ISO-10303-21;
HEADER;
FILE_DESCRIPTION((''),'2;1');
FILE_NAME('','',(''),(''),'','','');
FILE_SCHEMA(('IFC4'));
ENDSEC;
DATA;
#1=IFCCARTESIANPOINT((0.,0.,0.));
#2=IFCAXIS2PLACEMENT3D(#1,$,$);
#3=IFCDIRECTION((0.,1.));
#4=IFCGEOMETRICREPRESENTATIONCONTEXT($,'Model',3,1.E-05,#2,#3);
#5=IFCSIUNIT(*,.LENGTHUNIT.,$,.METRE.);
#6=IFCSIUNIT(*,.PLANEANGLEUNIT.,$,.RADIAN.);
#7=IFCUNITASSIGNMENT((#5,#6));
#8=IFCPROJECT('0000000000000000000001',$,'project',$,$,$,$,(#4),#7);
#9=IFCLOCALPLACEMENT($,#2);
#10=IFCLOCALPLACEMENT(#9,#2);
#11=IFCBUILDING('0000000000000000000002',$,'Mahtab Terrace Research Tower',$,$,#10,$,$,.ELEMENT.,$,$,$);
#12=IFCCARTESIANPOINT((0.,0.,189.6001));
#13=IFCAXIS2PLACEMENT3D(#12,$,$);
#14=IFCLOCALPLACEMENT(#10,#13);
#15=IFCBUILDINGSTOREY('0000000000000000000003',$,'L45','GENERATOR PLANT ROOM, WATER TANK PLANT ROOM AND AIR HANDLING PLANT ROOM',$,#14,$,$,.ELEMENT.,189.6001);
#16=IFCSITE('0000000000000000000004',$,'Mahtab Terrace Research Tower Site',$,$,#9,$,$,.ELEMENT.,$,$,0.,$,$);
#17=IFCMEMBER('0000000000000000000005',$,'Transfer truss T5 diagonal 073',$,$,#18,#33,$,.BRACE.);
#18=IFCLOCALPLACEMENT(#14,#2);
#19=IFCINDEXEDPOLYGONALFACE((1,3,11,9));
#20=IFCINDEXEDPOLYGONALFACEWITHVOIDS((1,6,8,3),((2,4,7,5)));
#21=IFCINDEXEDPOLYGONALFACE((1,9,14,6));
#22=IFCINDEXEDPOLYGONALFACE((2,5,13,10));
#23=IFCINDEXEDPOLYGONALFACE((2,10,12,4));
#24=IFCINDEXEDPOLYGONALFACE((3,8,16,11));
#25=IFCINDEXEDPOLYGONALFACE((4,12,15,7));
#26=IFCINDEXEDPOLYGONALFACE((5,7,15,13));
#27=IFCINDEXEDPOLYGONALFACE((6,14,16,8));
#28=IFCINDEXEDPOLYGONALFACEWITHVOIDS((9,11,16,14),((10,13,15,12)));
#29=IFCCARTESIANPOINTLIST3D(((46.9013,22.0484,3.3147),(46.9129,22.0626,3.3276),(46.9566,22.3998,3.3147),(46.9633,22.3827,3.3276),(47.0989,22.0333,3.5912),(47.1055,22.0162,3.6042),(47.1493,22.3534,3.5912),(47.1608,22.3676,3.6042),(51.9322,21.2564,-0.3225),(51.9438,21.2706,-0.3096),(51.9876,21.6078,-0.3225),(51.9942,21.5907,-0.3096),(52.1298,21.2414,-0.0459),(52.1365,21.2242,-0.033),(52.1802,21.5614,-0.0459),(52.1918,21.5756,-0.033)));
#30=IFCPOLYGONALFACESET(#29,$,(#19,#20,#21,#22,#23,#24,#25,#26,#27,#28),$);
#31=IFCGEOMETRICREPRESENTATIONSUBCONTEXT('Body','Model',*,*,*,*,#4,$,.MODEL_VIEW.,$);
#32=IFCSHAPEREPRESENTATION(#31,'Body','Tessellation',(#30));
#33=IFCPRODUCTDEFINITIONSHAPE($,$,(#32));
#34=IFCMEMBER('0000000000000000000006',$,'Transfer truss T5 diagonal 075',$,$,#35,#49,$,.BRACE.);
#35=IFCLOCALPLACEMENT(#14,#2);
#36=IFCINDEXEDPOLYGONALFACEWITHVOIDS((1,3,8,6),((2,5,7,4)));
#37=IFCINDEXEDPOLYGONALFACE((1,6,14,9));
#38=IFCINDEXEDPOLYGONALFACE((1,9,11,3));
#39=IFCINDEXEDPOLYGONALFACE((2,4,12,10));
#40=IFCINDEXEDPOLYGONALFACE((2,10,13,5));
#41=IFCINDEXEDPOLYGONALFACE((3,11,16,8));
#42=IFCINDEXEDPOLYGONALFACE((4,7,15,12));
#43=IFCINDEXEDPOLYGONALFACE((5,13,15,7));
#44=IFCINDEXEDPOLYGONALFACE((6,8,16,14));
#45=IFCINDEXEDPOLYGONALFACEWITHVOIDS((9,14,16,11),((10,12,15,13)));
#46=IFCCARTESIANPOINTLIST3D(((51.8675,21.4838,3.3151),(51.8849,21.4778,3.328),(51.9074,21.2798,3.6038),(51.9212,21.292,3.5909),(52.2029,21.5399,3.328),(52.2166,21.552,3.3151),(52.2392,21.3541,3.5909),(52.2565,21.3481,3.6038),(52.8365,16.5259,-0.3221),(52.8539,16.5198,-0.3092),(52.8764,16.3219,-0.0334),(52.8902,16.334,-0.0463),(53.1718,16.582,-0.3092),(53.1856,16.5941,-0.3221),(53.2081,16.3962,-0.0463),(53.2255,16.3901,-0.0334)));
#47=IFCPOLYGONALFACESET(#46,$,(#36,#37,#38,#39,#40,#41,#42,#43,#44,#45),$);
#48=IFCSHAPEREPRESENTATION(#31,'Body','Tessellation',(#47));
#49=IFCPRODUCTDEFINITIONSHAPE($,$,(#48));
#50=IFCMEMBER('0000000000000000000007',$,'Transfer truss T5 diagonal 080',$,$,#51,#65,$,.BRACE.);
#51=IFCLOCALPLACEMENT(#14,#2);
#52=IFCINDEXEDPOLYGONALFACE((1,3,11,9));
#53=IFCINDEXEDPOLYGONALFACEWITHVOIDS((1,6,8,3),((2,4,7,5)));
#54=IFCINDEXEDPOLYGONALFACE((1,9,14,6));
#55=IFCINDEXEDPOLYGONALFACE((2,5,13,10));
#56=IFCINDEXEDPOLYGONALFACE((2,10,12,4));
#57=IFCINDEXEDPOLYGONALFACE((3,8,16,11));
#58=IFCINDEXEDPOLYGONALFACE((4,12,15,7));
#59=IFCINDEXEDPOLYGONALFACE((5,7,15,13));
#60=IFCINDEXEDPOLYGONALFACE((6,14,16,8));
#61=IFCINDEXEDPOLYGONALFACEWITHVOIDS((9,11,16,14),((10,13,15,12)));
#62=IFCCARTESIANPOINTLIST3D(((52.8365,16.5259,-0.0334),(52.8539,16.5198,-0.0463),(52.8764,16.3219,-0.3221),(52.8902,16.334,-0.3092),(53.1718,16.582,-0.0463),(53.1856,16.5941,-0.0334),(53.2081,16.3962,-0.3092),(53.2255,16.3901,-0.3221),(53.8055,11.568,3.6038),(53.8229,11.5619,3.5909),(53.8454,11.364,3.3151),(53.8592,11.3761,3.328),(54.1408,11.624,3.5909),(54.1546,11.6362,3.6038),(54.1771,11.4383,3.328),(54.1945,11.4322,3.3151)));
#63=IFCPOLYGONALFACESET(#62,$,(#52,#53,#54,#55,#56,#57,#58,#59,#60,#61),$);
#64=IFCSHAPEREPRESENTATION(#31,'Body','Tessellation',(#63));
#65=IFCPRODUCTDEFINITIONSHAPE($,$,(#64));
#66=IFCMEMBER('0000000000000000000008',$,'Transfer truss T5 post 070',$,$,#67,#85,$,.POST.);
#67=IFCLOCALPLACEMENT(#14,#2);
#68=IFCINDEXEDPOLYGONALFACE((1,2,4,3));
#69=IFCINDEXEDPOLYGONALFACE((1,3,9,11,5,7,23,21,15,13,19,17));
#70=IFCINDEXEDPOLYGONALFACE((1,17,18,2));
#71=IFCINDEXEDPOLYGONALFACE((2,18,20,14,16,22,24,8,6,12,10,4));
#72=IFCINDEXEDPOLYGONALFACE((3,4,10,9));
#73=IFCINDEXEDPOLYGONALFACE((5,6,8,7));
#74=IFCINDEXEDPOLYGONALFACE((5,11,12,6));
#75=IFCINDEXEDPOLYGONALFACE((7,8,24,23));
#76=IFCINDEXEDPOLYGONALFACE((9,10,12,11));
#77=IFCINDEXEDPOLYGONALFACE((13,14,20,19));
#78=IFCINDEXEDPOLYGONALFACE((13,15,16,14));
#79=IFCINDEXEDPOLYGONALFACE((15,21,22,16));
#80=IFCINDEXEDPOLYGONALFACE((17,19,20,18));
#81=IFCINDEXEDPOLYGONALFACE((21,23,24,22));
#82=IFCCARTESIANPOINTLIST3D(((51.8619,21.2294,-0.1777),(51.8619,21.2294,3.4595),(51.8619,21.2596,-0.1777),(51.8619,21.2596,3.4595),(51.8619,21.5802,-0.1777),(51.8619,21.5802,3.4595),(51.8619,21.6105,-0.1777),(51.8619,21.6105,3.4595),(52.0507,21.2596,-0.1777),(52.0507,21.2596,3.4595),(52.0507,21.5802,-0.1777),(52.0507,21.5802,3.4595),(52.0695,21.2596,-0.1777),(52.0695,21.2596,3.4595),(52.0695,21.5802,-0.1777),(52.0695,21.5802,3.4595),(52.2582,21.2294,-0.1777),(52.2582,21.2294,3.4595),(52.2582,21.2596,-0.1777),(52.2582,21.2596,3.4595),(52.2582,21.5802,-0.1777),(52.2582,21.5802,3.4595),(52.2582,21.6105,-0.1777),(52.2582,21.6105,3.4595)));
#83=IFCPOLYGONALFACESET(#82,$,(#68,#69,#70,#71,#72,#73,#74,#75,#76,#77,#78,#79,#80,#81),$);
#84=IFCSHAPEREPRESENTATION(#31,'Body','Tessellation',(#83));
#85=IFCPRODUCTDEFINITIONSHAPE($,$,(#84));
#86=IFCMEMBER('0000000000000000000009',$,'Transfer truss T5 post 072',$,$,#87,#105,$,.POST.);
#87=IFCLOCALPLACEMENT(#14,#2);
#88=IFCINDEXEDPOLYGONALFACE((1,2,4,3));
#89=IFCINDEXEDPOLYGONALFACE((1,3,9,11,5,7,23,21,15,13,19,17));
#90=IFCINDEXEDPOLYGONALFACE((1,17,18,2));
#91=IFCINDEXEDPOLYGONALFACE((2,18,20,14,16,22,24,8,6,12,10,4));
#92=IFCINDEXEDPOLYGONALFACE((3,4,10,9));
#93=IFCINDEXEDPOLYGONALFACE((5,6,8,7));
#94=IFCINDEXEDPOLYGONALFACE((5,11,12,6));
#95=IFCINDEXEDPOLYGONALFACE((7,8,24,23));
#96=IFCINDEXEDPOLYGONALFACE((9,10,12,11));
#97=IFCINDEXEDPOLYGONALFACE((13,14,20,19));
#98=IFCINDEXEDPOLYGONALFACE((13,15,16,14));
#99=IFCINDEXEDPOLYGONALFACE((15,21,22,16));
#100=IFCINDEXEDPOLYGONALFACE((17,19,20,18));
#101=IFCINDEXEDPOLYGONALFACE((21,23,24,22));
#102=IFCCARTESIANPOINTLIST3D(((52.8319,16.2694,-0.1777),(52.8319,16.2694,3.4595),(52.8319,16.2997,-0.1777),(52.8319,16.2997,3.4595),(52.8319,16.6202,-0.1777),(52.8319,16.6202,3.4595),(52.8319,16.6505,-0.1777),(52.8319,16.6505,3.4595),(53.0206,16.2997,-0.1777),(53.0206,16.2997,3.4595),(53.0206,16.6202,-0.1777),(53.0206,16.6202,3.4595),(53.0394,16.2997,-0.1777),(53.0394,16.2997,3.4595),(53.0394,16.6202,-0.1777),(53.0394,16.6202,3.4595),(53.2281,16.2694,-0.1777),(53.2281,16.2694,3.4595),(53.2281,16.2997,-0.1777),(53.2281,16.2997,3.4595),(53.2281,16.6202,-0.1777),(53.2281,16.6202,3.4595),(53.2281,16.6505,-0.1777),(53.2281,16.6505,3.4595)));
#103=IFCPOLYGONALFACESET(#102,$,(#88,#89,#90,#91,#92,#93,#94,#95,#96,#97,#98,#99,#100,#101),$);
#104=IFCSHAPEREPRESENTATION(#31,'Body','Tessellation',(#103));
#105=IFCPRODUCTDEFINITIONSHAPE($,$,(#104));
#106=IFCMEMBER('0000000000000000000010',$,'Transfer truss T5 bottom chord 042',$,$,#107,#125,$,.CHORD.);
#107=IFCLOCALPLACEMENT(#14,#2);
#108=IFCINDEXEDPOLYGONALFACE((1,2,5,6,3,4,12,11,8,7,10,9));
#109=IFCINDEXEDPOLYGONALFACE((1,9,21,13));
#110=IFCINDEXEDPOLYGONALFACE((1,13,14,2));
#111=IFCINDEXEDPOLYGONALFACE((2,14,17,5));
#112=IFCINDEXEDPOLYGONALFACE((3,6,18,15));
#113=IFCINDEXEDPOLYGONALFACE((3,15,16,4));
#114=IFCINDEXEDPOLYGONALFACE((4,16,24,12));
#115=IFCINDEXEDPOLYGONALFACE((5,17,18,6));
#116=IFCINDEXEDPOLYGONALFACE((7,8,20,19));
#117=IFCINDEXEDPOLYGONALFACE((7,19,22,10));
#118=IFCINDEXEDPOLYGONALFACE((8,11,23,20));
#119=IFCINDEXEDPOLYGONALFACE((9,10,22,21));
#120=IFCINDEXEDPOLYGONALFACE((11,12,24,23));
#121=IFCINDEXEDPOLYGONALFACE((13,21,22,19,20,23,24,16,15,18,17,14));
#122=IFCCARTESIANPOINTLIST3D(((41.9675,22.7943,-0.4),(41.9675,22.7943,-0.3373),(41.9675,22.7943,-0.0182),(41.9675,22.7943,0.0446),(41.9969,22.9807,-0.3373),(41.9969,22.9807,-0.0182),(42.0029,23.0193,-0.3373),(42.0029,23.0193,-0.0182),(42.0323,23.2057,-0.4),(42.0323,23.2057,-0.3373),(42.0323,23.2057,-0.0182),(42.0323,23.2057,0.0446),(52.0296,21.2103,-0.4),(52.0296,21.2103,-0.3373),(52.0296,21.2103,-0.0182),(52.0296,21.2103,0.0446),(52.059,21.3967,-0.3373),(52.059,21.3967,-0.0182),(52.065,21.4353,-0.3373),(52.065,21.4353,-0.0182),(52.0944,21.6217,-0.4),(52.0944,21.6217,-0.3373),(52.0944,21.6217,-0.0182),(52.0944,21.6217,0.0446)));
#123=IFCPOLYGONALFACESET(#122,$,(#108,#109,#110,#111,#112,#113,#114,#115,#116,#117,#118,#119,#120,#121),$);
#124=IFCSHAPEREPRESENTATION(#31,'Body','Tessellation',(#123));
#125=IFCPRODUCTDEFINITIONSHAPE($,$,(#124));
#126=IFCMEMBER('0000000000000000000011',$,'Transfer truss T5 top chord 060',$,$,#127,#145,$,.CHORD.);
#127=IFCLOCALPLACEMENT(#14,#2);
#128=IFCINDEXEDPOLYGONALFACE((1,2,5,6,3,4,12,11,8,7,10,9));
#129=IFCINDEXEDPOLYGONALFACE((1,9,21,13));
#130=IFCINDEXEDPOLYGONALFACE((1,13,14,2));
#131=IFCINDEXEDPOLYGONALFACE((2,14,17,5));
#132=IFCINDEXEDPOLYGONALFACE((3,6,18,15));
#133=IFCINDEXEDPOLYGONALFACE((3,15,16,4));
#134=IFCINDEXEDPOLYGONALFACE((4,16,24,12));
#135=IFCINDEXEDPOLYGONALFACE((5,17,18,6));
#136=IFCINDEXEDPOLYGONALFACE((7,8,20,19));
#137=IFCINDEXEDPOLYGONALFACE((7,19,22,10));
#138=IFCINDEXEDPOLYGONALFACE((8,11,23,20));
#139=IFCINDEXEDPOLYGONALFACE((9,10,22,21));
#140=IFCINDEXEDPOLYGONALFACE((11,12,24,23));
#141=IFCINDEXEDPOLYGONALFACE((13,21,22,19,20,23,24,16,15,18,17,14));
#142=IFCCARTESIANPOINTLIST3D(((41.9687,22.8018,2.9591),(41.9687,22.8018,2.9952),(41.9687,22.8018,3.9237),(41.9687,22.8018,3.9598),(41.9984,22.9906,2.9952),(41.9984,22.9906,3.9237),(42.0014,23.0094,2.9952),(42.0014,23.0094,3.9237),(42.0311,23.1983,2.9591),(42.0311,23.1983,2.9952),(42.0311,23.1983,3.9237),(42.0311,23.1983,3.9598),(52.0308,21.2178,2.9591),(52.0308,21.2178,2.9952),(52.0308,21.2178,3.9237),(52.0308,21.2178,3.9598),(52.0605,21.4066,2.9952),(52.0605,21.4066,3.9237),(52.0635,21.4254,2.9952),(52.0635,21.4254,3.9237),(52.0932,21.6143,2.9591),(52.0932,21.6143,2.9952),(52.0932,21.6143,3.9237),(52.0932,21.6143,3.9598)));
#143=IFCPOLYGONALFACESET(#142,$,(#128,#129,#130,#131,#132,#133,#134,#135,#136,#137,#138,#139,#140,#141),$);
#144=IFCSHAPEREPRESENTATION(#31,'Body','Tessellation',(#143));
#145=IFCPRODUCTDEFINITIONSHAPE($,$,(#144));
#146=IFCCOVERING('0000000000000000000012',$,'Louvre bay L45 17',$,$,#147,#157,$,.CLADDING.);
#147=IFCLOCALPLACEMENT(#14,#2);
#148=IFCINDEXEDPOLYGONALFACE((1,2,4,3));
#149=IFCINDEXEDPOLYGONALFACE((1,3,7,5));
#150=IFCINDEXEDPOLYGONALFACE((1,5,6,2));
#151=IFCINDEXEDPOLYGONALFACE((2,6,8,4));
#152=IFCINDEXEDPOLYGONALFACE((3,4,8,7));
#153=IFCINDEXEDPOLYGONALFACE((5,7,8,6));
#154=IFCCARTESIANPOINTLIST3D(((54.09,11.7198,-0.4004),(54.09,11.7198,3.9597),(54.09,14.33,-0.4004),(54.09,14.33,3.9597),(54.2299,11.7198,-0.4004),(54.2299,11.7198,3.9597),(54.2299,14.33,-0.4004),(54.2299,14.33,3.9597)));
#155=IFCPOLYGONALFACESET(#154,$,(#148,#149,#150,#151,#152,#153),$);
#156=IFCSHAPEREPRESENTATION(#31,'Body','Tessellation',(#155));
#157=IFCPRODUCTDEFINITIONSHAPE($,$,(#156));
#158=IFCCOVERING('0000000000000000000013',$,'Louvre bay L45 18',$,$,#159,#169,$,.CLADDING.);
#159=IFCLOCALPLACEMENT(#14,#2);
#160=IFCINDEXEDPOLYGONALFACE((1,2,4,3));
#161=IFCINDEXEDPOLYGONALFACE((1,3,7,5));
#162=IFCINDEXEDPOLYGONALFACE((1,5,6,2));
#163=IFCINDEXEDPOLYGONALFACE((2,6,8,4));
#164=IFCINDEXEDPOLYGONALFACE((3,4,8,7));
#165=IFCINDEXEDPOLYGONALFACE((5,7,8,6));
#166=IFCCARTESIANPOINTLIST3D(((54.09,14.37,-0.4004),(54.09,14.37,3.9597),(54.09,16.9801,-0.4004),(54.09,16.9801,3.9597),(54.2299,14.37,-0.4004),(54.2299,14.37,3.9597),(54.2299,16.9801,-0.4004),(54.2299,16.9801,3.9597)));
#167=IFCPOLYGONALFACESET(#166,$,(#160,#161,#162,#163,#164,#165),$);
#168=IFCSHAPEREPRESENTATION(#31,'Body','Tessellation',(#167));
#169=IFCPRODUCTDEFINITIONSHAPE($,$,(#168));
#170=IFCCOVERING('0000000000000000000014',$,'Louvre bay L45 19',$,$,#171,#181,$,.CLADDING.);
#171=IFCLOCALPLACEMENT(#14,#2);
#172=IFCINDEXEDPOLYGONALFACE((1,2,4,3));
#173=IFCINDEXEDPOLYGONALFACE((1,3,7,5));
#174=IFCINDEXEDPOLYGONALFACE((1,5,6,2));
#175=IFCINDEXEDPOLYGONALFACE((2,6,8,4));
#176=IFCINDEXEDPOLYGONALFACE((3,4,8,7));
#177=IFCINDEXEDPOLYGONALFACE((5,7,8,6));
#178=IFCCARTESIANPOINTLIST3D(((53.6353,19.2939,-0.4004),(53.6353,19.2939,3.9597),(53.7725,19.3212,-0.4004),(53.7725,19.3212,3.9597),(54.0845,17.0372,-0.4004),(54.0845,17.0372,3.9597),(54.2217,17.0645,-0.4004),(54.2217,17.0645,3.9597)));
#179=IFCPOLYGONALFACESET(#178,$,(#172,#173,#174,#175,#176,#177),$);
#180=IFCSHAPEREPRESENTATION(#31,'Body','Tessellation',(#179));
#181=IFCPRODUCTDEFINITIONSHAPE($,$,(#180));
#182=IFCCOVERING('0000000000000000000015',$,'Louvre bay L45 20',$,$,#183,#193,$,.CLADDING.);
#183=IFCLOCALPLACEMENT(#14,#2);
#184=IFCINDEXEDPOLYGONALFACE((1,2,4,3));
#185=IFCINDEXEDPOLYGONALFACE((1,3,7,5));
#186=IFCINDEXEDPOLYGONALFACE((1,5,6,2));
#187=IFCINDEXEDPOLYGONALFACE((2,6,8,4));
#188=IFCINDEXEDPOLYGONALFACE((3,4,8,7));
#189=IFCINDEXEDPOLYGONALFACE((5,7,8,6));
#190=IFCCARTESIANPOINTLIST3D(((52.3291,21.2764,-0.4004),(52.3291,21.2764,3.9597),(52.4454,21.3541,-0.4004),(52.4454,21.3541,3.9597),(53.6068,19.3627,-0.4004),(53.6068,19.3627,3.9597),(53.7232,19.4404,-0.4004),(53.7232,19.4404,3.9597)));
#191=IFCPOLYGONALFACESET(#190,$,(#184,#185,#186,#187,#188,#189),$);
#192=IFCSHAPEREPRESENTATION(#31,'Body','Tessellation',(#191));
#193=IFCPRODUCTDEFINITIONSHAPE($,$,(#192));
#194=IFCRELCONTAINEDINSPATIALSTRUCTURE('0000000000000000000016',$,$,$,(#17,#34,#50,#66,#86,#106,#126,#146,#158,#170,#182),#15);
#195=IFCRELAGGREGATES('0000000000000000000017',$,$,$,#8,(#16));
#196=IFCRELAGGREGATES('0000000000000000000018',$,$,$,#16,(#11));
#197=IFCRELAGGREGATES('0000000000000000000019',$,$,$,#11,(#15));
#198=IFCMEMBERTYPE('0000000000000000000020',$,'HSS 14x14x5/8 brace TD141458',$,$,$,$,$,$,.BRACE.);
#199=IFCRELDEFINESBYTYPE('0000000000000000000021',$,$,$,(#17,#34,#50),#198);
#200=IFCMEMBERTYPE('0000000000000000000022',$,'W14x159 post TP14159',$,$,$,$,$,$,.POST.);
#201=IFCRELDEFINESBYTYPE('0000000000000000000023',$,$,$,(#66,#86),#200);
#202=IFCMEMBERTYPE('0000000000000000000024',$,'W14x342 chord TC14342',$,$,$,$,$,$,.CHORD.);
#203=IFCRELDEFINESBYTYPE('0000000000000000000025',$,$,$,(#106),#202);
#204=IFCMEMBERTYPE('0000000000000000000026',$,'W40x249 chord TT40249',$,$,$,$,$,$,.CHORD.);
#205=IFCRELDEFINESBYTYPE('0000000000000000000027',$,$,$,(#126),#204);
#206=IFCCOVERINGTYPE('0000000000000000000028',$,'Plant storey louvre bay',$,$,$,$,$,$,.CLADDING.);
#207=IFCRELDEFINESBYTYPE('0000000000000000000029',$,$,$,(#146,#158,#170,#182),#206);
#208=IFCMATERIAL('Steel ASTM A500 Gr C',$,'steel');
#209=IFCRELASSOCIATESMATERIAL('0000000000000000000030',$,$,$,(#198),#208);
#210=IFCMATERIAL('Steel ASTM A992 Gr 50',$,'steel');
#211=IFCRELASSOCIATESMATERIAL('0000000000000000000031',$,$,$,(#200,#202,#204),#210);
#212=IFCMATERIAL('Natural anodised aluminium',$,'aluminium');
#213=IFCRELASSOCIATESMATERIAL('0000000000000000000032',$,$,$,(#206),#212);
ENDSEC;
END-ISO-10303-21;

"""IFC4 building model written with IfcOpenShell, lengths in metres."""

from ifc_helpers import new_model, si_unit, direction, frame, origin, origin_2d, place, context, subcontext, project, spatial, rectangle, hollow_rectangle, i_section, extrude, material, material_profile, profile_set, type_object, element, save


model = new_model("IFC4")

# Units and contexts
model_context = context("Model", 3, precision=1e-05, world=origin(), true_north=direction((0.0, 1.0)))
body_context = subcontext(model_context, "Body", "Model", "MODEL_VIEW")
ifc_project = project(units=[si_unit("LENGTHUNIT", "METRE"), si_unit("PLANEANGLEUNIT", "RADIAN")], contexts=[model_context])

# Site, building, storey
site_placement = place(None, origin())
site = spatial("IfcSite", under=ifc_project, at=site_placement, Name="Mahtab Terrace Research Tower Site", CompositionType="ELEMENT", RefElevation=0.0)
building_placement = place(site_placement, origin())
building = spatial("IfcBuilding", under=site, at=building_placement, Name="Mahtab Terrace Research Tower", CompositionType="ELEMENT")
storey_placement = place(building_placement, frame((0.0, 0.0, 189.6001)))
storey = spatial("IfcBuildingStorey", under=building, at=storey_placement, Name="L45", Description="GENERATOR PLANT ROOM, WATER TANK PLANT ROOM AND AIR HANDLING PLANT ROOM", CompositionType="ELEMENT", Elevation=189.6001)

# Members
ifc_material_1 = material(Name="Steel ASTM A500 Gr C", Category="steel")
ifc_material_profile_1 = material_profile(ifc_material_1, hollow_rectangle(XDim=0.3557, YDim=0.3557, WallThickness=0.0159, at=origin_2d()), Name="HSS14X14X5/8")
ifc_profile_set_1 = profile_set([ifc_material_profile_1], Name="Steel ASTM A500 Gr C")
member_type_1 = type_object("IfcMemberType", Name="HSS 14x14x5/8 brace TD141458", PredefinedType="BRACE", material=ifc_profile_set_1)
member_1_placement = place(storey_placement, frame((52.062, 21.416, -0.1777), z_axis=(-0.803881, 0.126549, 0.581172), x_axis=(-0.155507, -0.987835, 0.0)))
element("IfcMember", 1, at=member_1_placement, inside=storey, type_object=member_type_1, Name="Transfer truss T5 diagonal 073", PredefinedType="BRACE", context=body_context, shape_type="SweptSolid", body=[
    extrude(hollow_rectangle(XDim=0.3557, YDim=0.3557, WallThickness=0.0159, at=origin_2d()), origin(), (0.0, 0.0, 1.0), 6.2583),
])
for number, where, z_axis, x_axis, name in (
    (2, (53.031, 16.458, -0.1777), (-0.155663, 0.796473, 0.584294), (-0.981432, -0.191811, 0.0), "Transfer truss T5 diagonal 075"),
    (3, (53.031, 16.458, -0.1777), (0.155663, -0.796473, 0.584294), (0.981432, 0.191811, 0.0), "Transfer truss T5 diagonal 080"),
):
    element("IfcMember", number, at=place(storey_placement, frame(where, z_axis=z_axis, x_axis=x_axis)), inside=storey, type_object=member_type_1, Name=name, PredefinedType="BRACE", context=body_context, shape_type="SweptSolid", body=[
        extrude(hollow_rectangle(XDim=0.3557, YDim=0.3557, WallThickness=0.0159, at=origin_2d()), origin(), (0.0, 0.0, 1.0), 6.2249),
    ])
ifc_material_2 = material(Name="Steel ASTM A992 Gr 50", Category="steel")
ifc_material_profile_2 = material_profile(ifc_material_2, i_section(OverallWidth=0.3962, OverallDepth=0.3811, WebThickness=0.0188, FlangeThickness=0.0303, at=origin_2d()), Name="W14X159")
ifc_profile_set_2 = profile_set([ifc_material_profile_2], Name="Steel ASTM A992 Gr 50")
member_type_2 = type_object("IfcMemberType", Name="W14x159 post TP14159", PredefinedType="POST", material=ifc_profile_set_2)
for number, where, z_axis, x_axis, name in (
    (4, (52.0601, 21.4199, -0.1777), (0.0, 0.0, 1.0), (1.0, 0.0, 0.0), "Transfer truss T5 post 070"),
    (5, (53.03, 16.46, -0.1777), (0.0, 0.0, 1.0), (1.0, 0.0, 0.0), "Transfer truss T5 post 072"),
):
    element("IfcMember", number, at=place(storey_placement, frame(where, z_axis=z_axis, x_axis=x_axis)), inside=storey, type_object=member_type_2, Name=name, PredefinedType="POST", context=body_context, shape_type="SweptSolid", body=[
        extrude(i_section(OverallWidth=0.3962, OverallDepth=0.3811, WebThickness=0.0188, FlangeThickness=0.0303, at=origin_2d()), origin(), (0.0, 0.0, 1.0), 3.6372),
    ])
ifc_material_profile_3 = material_profile(ifc_material_2, i_section(OverallWidth=0.4165, OverallDepth=0.4446, WebThickness=0.0391, FlangeThickness=0.0627, at=origin_2d()), Name="W14X342")
ifc_profile_set_3 = profile_set([ifc_material_profile_3], Name="Steel ASTM A992 Gr 50")
member_type_3 = type_object("IfcMemberType", Name="W14x342 chord TC14342", PredefinedType="CHORD", material=ifc_profile_set_3)
member_2_placement = place(storey_placement, frame((52.062, 21.416, -0.1777), z_axis=(-0.987835, 0.155507, 0.0), x_axis=(-0.155507, -0.987835, 0.0)))
element("IfcMember", 6, at=member_2_placement, inside=storey, type_object=member_type_3, Name="Transfer truss T5 bottom chord 042", PredefinedType="CHORD", context=body_context, shape_type="SweptSolid", body=[
    extrude(i_section(OverallWidth=0.4165, OverallDepth=0.4446, WebThickness=0.0391, FlangeThickness=0.0627, at=origin_2d()), origin(), (0.0, 0.0, 1.0), 10.186),
])
ifc_material_profile_4 = material_profile(ifc_material_2, i_section(OverallWidth=0.4014, OverallDepth=1.0007, WebThickness=0.019, FlangeThickness=0.0361, at=origin_2d()), Name="W40X249")
ifc_profile_set_4 = profile_set([ifc_material_profile_4], Name="Steel ASTM A992 Gr 50")
member_type_4 = type_object("IfcMemberType", Name="W40x249 chord TT40249", PredefinedType="CHORD", material=ifc_profile_set_4)
member_3_placement = place(storey_placement, frame((52.062, 21.416, 3.4595), z_axis=(-0.987835, 0.155507, 0.0), x_axis=(-0.155507, -0.987835, 0.0)))
element("IfcMember", 7, at=member_3_placement, inside=storey, type_object=member_type_4, Name="Transfer truss T5 top chord 060", PredefinedType="CHORD", context=body_context, shape_type="SweptSolid", body=[
    extrude(i_section(OverallWidth=0.4014, OverallDepth=1.0007, WebThickness=0.019, FlangeThickness=0.0361, at=origin_2d()), origin(), (0.0, 0.0, 1.0), 10.186),
])

# Coverings
ifc_material_3 = material(Name="Natural anodised aluminium", Category="aluminium")
covering_type = type_object("IfcCoveringType", Name="Plant storey louvre bay", PredefinedType="CLADDING", material=ifc_material_3)
for number, where, z_axis, x_axis, name in (
    (8, (54.1599, 13.0249, -0.4004), (0.0, 0.0, 1.0), (0.0, 1.0, 0.0), "Louvre bay L45 17"),
    (9, (54.1599, 15.675, -0.4004), (0.0, 0.0, 1.0), (0.0, 1.0, 0.0), "Louvre bay L45 18"),
):
    element("IfcCovering", number, at=place(storey_placement, frame(where, z_axis=z_axis, x_axis=x_axis)), inside=storey, type_object=covering_type, Name=name, PredefinedType="CLADDING", context=body_context, shape_type="SweptSolid", body=[
        extrude(rectangle(XDim=2.6101, YDim=0.1399, at=origin_2d()), origin(), (0.0, 0.0, 1.0), 4.3601),
    ])
for number, where, z_axis, x_axis, name in (
    (10, (53.9285, 18.1792, -0.4004), (0.0, 0.0, 1.0), (-0.195212, 0.980761, 0.0), "Louvre bay L45 19"),
    (11, (53.0261, 20.3584, -0.4004), (0.0, 0.0, 1.0), (-0.555291, 0.831656, 0.0), "Louvre bay L45 20"),
):
    element("IfcCovering", number, at=place(storey_placement, frame(where, z_axis=z_axis, x_axis=x_axis)), inside=storey, type_object=covering_type, Name=name, PredefinedType="CLADDING", context=body_context, shape_type="SweptSolid", body=[
        extrude(rectangle(XDim=2.301, YDim=0.1399, at=origin_2d()), origin(), (0.0, 0.0, 1.0), 4.3601),
    ])

save(model, "model.ifc")
